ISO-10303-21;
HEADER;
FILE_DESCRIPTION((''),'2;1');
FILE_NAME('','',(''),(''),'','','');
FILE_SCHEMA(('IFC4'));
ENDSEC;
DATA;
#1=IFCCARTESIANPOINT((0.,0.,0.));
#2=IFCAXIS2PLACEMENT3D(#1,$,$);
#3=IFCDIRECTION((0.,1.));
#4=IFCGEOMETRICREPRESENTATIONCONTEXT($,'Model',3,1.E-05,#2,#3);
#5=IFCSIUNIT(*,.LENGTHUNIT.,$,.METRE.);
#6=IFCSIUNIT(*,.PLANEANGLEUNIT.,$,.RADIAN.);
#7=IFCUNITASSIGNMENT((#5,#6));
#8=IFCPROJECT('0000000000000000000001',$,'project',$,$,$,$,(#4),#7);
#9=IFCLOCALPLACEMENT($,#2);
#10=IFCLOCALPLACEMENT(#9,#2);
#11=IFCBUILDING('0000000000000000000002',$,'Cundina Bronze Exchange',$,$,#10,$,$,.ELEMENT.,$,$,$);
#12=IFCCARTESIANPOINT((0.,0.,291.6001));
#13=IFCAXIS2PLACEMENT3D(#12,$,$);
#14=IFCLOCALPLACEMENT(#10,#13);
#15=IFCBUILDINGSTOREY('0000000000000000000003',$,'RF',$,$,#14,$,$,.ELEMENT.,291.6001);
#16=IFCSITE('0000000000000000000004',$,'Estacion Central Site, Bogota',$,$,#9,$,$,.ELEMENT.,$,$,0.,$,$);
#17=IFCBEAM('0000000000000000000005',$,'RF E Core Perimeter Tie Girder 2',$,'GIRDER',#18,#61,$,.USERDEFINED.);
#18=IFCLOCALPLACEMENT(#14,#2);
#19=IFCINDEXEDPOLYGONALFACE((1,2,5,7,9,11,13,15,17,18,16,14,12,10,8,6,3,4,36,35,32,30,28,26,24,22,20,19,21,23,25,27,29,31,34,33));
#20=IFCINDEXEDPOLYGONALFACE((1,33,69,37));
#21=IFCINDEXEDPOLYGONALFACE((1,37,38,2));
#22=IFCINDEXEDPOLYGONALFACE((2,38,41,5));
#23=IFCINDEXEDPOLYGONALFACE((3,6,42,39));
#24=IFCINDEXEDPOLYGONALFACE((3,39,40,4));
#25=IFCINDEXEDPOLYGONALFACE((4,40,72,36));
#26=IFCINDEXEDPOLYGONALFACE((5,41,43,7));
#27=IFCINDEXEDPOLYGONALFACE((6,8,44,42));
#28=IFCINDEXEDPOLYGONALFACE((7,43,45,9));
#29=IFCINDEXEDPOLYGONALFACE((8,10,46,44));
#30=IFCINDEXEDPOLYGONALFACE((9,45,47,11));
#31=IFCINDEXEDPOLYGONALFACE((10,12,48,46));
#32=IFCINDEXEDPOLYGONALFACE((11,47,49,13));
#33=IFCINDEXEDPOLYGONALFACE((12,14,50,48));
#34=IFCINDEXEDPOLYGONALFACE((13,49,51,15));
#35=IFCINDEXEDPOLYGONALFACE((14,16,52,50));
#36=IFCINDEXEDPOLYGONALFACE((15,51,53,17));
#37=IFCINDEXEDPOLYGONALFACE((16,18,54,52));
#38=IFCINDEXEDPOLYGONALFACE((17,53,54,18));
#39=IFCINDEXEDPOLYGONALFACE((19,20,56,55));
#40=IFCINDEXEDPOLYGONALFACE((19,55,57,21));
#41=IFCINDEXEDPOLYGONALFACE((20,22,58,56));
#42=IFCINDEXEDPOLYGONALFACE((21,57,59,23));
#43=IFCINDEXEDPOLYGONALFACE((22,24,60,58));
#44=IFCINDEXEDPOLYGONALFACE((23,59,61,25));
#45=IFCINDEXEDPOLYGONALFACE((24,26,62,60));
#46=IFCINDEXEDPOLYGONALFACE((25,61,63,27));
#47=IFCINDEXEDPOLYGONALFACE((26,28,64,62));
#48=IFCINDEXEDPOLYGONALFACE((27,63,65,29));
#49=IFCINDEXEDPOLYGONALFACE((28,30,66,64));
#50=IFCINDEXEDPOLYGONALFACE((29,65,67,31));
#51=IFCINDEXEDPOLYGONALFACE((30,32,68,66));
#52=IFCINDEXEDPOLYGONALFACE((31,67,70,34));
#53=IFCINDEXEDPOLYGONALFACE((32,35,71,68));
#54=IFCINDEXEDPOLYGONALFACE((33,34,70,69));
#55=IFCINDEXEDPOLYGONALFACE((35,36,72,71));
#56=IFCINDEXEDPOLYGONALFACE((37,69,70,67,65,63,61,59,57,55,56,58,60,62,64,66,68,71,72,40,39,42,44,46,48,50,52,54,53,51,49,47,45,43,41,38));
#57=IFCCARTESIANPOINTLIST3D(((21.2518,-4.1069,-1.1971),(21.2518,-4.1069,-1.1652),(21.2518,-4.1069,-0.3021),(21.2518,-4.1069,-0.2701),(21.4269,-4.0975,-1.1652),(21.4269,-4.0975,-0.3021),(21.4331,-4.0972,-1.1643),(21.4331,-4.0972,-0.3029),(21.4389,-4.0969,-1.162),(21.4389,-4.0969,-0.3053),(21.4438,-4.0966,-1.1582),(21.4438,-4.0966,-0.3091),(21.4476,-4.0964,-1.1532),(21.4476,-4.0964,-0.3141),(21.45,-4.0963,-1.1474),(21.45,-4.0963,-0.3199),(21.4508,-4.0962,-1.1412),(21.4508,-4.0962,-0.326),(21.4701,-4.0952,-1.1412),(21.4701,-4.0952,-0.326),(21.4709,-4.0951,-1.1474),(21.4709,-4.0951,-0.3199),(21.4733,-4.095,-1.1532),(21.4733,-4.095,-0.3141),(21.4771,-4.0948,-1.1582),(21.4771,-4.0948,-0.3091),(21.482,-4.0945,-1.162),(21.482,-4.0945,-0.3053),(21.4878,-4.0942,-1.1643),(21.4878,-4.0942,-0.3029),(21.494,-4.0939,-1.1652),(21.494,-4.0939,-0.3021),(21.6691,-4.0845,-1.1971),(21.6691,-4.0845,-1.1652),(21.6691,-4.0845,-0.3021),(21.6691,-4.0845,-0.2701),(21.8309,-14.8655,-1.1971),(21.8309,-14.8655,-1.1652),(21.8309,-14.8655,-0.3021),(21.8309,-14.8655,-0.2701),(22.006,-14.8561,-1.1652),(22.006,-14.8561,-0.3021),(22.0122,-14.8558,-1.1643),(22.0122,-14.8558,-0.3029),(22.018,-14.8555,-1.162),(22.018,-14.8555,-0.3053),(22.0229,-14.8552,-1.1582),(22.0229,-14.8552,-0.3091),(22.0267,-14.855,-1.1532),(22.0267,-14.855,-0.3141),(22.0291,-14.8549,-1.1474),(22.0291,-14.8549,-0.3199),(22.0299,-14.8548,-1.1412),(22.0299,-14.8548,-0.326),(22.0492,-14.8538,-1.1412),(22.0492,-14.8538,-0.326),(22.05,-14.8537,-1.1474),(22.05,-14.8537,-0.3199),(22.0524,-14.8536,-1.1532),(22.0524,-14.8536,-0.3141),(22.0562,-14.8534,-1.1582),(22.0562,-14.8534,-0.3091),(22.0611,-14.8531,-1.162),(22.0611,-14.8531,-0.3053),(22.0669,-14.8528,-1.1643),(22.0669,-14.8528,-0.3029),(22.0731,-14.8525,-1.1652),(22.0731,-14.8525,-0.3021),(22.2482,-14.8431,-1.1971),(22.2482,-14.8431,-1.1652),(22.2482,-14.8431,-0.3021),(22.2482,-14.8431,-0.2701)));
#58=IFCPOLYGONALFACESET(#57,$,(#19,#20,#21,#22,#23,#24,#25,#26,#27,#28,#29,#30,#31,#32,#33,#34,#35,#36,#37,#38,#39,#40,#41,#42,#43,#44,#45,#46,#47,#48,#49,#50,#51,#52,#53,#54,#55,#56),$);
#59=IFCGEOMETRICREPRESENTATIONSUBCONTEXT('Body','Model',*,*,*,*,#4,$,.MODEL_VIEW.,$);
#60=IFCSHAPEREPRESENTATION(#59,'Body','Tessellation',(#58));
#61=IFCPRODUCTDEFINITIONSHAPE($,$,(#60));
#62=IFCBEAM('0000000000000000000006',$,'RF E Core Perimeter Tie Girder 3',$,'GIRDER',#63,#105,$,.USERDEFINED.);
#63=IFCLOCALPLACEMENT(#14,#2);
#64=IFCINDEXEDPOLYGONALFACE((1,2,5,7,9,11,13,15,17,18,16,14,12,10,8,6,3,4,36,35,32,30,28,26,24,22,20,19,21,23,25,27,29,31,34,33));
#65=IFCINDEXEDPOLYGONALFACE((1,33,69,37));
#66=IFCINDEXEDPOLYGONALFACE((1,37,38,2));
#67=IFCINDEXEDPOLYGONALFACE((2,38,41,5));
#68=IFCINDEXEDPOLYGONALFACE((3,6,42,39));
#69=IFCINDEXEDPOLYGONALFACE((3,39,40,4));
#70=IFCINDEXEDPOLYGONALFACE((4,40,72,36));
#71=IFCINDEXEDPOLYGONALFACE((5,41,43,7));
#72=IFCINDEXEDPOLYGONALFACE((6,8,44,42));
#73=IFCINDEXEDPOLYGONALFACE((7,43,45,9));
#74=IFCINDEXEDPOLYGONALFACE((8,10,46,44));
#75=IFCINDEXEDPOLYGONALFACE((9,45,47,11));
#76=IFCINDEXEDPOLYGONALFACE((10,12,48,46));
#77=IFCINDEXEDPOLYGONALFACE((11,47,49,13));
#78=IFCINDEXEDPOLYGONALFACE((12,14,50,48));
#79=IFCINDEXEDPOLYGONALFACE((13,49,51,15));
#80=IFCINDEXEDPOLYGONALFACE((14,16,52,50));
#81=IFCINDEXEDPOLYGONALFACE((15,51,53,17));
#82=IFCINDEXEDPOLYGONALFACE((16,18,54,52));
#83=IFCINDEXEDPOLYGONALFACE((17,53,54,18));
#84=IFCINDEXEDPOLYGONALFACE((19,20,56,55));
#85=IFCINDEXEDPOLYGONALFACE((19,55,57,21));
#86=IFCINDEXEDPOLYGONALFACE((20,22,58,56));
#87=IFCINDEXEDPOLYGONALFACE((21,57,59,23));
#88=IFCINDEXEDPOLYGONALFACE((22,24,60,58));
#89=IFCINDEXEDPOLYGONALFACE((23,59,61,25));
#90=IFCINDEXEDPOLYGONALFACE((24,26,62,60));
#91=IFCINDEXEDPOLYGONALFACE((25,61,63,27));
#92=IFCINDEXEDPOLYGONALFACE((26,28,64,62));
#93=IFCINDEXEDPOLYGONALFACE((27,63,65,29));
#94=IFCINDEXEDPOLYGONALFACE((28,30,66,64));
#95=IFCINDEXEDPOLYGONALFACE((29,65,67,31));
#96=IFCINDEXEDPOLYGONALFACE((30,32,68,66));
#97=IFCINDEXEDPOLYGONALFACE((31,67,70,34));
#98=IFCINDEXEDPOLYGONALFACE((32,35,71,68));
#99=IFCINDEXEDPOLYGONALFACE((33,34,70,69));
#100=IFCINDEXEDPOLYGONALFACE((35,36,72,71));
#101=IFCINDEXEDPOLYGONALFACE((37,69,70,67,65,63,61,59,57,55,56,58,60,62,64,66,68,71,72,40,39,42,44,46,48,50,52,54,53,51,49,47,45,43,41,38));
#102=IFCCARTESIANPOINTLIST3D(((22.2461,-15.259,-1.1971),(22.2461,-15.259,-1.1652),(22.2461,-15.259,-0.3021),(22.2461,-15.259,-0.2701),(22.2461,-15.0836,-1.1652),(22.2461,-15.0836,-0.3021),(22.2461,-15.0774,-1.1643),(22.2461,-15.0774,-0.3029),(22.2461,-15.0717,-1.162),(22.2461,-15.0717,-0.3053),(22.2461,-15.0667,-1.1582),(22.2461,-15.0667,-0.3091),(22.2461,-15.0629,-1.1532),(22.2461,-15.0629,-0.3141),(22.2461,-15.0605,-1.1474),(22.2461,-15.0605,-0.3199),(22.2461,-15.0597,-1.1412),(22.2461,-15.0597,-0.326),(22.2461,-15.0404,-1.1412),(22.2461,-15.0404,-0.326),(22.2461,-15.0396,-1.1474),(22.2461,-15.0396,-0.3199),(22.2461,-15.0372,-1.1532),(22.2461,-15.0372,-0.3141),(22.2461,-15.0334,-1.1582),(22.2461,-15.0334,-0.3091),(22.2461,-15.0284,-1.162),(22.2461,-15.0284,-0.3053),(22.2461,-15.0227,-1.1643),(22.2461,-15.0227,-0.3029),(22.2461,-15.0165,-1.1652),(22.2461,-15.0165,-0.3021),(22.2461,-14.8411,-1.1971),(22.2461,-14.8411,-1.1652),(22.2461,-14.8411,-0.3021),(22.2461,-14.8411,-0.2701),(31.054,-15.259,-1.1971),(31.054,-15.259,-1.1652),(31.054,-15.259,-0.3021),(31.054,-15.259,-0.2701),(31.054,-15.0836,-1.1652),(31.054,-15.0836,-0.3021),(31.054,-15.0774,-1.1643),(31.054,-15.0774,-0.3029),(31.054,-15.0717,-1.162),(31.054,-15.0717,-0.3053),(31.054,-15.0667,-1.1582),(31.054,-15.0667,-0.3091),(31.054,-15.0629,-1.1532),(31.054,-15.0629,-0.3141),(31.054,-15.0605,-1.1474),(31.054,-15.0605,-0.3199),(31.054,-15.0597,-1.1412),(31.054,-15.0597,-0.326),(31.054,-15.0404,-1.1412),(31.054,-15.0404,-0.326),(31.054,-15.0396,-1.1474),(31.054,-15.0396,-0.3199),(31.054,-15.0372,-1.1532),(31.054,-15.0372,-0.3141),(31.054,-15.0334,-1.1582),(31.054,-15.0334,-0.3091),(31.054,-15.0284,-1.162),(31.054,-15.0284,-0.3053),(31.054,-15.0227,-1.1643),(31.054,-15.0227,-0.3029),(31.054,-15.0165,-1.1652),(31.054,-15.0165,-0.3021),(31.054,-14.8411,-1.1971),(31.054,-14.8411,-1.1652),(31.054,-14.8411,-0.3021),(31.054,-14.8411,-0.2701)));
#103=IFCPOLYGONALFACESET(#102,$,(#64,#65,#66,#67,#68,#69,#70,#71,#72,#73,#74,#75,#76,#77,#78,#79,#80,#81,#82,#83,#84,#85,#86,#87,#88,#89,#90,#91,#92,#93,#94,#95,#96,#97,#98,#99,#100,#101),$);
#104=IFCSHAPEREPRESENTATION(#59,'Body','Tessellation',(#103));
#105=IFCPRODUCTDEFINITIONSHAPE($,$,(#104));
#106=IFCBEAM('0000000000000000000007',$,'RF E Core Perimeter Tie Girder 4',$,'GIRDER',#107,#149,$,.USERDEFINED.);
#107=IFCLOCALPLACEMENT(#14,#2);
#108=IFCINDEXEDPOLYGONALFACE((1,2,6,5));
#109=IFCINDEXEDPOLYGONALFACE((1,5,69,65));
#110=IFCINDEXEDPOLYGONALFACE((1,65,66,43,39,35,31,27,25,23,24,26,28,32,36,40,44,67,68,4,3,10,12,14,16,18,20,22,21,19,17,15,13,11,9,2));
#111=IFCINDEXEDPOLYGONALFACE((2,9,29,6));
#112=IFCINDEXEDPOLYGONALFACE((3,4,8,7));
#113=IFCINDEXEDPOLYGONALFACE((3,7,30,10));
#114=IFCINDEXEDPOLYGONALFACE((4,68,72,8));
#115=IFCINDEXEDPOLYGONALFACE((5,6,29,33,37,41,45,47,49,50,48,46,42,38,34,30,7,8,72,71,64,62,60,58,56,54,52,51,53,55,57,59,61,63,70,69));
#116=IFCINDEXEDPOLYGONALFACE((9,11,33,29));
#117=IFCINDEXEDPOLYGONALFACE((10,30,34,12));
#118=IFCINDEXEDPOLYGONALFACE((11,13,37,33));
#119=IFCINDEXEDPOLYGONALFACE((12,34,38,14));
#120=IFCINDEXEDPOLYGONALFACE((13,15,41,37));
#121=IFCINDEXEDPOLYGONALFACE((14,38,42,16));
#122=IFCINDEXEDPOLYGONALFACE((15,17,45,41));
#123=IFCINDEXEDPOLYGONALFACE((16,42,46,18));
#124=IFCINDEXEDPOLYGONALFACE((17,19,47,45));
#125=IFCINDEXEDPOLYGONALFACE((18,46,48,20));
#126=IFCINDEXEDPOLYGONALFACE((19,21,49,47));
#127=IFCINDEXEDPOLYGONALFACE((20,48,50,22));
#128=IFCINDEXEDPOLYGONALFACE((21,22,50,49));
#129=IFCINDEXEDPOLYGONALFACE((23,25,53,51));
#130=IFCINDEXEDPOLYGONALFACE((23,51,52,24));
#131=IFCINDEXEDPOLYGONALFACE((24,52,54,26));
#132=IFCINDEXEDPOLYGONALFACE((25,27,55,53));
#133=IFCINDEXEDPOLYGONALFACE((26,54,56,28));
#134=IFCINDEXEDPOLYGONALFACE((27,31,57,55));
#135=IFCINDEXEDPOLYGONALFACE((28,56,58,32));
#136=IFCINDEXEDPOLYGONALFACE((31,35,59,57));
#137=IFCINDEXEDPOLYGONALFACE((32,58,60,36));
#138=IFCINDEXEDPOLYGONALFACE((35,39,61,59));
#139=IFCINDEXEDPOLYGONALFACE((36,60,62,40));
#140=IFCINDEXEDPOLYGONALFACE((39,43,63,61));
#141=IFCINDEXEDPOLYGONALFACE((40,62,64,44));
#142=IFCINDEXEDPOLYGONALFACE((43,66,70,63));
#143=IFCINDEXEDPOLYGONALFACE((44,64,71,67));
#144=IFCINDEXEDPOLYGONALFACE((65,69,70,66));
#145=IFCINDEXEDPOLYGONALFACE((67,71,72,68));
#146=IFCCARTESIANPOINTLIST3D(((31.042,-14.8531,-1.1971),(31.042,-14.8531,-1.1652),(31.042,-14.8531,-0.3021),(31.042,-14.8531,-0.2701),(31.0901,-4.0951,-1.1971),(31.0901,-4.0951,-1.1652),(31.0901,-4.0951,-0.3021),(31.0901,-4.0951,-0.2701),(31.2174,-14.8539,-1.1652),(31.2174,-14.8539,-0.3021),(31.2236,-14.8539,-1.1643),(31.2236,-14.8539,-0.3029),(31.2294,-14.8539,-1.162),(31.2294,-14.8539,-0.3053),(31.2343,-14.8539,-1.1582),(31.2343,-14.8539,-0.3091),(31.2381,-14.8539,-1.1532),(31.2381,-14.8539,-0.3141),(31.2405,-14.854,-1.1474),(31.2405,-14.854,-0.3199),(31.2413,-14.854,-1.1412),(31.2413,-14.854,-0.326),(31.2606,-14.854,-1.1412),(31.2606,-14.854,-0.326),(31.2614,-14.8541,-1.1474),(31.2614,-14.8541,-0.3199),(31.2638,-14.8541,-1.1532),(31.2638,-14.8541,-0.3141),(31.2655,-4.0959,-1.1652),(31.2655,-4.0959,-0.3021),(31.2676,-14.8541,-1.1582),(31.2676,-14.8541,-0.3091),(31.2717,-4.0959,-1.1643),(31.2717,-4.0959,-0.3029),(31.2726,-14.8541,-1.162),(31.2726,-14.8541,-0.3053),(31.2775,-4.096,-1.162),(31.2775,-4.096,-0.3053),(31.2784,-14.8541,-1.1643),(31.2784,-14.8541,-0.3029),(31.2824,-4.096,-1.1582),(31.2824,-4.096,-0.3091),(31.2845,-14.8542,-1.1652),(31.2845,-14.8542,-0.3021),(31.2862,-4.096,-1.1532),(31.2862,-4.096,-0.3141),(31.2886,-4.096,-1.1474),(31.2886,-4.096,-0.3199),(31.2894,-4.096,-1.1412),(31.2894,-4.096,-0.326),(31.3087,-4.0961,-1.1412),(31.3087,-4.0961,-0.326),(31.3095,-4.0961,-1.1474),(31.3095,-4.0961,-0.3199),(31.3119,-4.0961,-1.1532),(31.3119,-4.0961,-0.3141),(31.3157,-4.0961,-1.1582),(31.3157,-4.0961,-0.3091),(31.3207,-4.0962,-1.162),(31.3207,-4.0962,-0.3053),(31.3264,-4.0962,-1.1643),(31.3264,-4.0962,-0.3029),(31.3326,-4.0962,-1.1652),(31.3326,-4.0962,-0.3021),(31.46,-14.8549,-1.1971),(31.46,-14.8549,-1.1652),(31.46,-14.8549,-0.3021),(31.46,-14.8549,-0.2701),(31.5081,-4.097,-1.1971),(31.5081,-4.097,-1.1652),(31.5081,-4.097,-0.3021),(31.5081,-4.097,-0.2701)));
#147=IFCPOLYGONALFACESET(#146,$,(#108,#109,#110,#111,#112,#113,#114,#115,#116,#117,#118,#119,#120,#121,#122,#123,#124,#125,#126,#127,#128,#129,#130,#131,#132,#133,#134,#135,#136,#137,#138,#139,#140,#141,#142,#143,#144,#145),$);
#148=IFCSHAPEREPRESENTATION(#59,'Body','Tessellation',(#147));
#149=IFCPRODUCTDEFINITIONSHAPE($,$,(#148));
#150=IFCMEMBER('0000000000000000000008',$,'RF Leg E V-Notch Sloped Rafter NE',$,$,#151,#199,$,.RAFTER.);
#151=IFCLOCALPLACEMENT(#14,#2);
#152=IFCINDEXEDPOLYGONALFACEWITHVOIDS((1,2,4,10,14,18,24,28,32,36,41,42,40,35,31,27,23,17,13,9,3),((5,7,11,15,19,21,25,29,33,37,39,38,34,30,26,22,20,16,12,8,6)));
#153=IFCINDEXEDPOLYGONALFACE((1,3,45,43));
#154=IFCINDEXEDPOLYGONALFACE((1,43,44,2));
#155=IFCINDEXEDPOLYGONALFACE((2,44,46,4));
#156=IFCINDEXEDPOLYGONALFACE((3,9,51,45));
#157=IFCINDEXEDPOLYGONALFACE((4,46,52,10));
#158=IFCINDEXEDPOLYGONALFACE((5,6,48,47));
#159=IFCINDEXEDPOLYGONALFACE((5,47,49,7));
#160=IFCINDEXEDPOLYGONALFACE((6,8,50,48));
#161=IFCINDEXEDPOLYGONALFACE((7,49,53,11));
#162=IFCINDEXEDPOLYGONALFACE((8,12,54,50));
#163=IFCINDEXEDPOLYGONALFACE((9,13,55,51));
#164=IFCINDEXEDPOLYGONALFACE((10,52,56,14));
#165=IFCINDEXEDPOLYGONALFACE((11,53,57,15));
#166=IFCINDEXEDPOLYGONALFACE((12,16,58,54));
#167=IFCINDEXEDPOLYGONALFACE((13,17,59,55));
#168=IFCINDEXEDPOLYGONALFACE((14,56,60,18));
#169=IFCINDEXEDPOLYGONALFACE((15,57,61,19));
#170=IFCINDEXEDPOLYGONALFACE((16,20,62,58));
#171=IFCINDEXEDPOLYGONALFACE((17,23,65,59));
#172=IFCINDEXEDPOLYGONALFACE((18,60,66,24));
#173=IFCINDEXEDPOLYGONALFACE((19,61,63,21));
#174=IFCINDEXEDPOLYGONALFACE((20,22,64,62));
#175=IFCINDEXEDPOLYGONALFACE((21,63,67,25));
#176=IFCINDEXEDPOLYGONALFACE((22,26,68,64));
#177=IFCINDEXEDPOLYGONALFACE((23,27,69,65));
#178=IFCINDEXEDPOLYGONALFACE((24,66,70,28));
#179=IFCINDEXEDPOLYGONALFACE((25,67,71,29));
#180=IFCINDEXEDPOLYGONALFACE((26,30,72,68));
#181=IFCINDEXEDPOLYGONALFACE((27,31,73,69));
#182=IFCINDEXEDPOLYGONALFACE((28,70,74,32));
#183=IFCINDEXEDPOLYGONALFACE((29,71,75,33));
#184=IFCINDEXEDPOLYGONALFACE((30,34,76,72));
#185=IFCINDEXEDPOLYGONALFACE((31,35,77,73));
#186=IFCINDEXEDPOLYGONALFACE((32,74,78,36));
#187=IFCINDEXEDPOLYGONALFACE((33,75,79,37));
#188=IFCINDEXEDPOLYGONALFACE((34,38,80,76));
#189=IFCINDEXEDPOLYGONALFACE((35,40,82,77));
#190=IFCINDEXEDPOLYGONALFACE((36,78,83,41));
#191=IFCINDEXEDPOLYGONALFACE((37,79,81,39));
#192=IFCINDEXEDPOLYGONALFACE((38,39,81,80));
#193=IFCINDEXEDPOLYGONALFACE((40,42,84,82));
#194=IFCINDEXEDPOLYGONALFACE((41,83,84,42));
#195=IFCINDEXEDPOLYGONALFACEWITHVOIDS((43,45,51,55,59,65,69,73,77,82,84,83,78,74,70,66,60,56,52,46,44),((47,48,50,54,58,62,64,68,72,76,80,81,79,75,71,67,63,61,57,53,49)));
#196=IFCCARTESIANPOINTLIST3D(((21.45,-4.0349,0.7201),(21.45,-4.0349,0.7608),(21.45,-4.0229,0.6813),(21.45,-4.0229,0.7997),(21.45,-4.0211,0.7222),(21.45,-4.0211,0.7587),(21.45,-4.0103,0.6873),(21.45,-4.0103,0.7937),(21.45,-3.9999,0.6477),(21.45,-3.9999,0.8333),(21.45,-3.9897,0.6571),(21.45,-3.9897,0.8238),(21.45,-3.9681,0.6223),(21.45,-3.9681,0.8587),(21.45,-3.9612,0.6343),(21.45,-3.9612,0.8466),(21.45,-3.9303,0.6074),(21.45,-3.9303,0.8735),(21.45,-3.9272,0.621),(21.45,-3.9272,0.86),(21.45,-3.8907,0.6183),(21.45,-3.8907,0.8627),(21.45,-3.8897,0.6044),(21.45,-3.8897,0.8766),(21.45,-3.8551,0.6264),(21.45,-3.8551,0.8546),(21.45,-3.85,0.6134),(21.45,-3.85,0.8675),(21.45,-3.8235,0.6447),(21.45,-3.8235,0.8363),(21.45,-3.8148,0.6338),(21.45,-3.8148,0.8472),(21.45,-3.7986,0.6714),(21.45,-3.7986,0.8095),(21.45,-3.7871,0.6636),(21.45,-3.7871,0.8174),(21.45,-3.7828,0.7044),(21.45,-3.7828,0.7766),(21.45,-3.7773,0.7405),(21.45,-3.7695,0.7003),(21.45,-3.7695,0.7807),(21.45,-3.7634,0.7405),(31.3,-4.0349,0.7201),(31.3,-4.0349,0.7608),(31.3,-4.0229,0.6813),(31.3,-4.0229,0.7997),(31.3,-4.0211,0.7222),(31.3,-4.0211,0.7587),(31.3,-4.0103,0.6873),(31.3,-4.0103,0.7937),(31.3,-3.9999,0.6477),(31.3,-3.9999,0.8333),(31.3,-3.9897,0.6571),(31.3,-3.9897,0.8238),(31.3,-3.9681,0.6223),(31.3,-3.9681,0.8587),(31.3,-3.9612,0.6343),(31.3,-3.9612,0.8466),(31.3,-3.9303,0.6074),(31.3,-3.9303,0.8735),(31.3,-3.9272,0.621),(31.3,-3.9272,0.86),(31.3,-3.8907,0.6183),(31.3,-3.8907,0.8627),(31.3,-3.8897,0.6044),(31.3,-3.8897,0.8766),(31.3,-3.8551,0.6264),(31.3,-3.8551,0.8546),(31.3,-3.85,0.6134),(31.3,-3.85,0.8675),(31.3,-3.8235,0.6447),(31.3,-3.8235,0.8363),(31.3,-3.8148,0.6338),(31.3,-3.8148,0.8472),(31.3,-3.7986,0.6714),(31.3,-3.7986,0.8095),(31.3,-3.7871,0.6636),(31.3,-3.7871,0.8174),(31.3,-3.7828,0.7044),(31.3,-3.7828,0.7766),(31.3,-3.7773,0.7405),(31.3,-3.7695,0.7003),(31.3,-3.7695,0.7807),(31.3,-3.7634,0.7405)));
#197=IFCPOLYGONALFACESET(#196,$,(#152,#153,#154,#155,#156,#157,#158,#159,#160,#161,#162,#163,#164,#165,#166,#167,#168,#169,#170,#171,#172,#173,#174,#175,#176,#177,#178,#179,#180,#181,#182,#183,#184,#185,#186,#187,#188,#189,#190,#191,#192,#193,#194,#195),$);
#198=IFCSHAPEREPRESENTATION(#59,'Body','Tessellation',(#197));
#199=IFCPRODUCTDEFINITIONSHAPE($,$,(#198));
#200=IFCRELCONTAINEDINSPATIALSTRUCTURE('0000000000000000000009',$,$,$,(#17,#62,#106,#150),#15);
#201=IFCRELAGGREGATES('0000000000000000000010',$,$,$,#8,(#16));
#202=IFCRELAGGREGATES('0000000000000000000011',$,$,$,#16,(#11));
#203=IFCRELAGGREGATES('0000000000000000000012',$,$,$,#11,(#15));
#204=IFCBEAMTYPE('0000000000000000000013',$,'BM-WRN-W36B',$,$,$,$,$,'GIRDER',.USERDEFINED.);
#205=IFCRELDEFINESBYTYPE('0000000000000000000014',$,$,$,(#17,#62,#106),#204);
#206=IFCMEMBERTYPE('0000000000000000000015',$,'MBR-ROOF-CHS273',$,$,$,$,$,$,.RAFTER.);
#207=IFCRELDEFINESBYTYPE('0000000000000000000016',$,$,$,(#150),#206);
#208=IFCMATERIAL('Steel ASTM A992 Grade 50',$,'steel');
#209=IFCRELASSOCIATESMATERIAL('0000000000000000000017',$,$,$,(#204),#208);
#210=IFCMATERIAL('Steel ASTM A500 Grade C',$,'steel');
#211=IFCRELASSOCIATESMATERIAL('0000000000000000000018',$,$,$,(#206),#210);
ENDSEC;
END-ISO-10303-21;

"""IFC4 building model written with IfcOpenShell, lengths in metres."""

from ifc_helpers import new_model, si_unit, direction, frame, origin, origin_2d, place, context, subcontext, project, spatial, hollow_circle, i_section, extrude, material, material_profile, profile_set, type_object, element, save


model = new_model("IFC4")

# Units and contexts
model_context = context("Model", 3, precision=1e-05, world=origin(), true_north=direction((0.0, 1.0)))
body_context = subcontext(model_context, "Body", "Model", "MODEL_VIEW")
ifc_project = project(units=[si_unit("LENGTHUNIT", "METRE"), si_unit("PLANEANGLEUNIT", "RADIAN")], contexts=[model_context])

# Site, building, storey
site_placement = place(None, origin())
site = spatial("IfcSite", under=ifc_project, at=site_placement, Name="Estacion Central Site, Bogota", CompositionType="ELEMENT", RefElevation=0.0)
building_placement = place(site_placement, origin())
building = spatial("IfcBuilding", under=site, at=building_placement, Name="Cundina Bronze Exchange", CompositionType="ELEMENT")
storey_placement = place(building_placement, frame((0.0, 0.0, 291.6001)))
storey = spatial("IfcBuildingStorey", under=building, at=storey_placement, Name="RF", CompositionType="ELEMENT", Elevation=291.6001)

# Beams
ifc_material_1 = material(Name="Steel ASTM A992 Grade 50", Category="steel")
ifc_material_profile_1 = material_profile(ifc_material_1, i_section(OverallWidth=0.418, OverallDepth=0.927, WebThickness=0.0193, FlangeThickness=0.032, FilletRadius=0.0239, at=origin_2d()), Name="W36X231", Category="steel")
ifc_profile_set_1 = profile_set([ifc_material_profile_1], Name="Steel ASTM A992 Grade 50")
beam_type_1 = type_object("IfcBeamType", Name="BM-WRN-W36B", ElementType="GIRDER", PredefinedType="USERDEFINED", material=ifc_profile_set_1)
beam_1_placement = place(storey_placement, frame((21.4604, -4.0957, -0.7336), z_axis=(0.053749, -0.998554, 0.0), x_axis=(0.998554, 0.053749, 0.0)))
element("IfcBeam", 1, at=beam_1_placement, inside=storey, type_object=beam_type_1, Name="RF E Core Perimeter Tie Girder 2", ObjectType="GIRDER", PredefinedType="USERDEFINED", context=body_context, shape_type="SweptSolid", body=[
    extrude(i_section(OverallWidth=0.418, OverallDepth=0.927, WebThickness=0.0193, FlangeThickness=0.032, FilletRadius=0.0239, at=origin_2d()), origin(), (0.0, 0.0, 1.0), 10.7742),
])
beam_2_placement = place(storey_placement, frame((22.2461, -15.05, -0.7336), z_axis=(1.0, 0.0, 0.0), x_axis=(0.0, 1.0, 0.0)))
element("IfcBeam", 2, at=beam_2_placement, inside=storey, type_object=beam_type_1, Name="RF E Core Perimeter Tie Girder 3", ObjectType="GIRDER", PredefinedType="USERDEFINED", context=body_context, shape_type="SweptSolid", body=[
    extrude(i_section(OverallWidth=0.418, OverallDepth=0.927, WebThickness=0.0193, FlangeThickness=0.032, FilletRadius=0.0239, at=origin_2d()), origin(), (0.0, 0.0, 1.0), 8.8079),
])
beam_3_placement = place(storey_placement, frame((31.251, -14.854, -0.7336), z_axis=(0.004471, 0.99999, 0.0), x_axis=(-0.99999, 0.004471, 0.0)))
element("IfcBeam", 3, at=beam_3_placement, inside=storey, type_object=beam_type_1, Name="RF E Core Perimeter Tie Girder 4", ObjectType="GIRDER", PredefinedType="USERDEFINED", context=body_context, shape_type="SweptSolid", body=[
    extrude(i_section(OverallWidth=0.418, OverallDepth=0.927, WebThickness=0.0193, FlangeThickness=0.032, FilletRadius=0.0239, at=origin_2d()), origin(), (0.0, 0.0, 1.0), 10.7581),
])

# Member
ifc_material_2 = material(Name="Steel ASTM A500 Grade C", Category="steel")
ifc_material_profile_2 = material_profile(ifc_material_2, hollow_circle(Radius=0.1365, WallThickness=0.0139, at=origin_2d()), Name="CHS273X14", Category="steel")
ifc_profile_set_2 = profile_set([ifc_material_profile_2], Name="Steel ASTM A500 Grade C")
member_type = type_object("IfcMemberType", Name="MBR-ROOF-CHS273", PredefinedType="RAFTER", material=ifc_profile_set_2)
member_1_placement = place(storey_placement, frame((21.45, -3.8999, 0.7405), z_axis=(1.0, 0.0, 0.0), x_axis=(0.0, 1.0, 0.0)))
element("IfcMember", 4, at=member_1_placement, inside=storey, type_object=member_type, Name="RF Leg E V-Notch Sloped Rafter NE", PredefinedType="RAFTER", context=body_context, shape_type="SweptSolid", body=[
    extrude(hollow_circle(Radius=0.1365, WallThickness=0.0139, at=origin_2d()), origin(), (0.0, 0.0, 1.0), 9.8501),
])

save(model, "model.ifc")
